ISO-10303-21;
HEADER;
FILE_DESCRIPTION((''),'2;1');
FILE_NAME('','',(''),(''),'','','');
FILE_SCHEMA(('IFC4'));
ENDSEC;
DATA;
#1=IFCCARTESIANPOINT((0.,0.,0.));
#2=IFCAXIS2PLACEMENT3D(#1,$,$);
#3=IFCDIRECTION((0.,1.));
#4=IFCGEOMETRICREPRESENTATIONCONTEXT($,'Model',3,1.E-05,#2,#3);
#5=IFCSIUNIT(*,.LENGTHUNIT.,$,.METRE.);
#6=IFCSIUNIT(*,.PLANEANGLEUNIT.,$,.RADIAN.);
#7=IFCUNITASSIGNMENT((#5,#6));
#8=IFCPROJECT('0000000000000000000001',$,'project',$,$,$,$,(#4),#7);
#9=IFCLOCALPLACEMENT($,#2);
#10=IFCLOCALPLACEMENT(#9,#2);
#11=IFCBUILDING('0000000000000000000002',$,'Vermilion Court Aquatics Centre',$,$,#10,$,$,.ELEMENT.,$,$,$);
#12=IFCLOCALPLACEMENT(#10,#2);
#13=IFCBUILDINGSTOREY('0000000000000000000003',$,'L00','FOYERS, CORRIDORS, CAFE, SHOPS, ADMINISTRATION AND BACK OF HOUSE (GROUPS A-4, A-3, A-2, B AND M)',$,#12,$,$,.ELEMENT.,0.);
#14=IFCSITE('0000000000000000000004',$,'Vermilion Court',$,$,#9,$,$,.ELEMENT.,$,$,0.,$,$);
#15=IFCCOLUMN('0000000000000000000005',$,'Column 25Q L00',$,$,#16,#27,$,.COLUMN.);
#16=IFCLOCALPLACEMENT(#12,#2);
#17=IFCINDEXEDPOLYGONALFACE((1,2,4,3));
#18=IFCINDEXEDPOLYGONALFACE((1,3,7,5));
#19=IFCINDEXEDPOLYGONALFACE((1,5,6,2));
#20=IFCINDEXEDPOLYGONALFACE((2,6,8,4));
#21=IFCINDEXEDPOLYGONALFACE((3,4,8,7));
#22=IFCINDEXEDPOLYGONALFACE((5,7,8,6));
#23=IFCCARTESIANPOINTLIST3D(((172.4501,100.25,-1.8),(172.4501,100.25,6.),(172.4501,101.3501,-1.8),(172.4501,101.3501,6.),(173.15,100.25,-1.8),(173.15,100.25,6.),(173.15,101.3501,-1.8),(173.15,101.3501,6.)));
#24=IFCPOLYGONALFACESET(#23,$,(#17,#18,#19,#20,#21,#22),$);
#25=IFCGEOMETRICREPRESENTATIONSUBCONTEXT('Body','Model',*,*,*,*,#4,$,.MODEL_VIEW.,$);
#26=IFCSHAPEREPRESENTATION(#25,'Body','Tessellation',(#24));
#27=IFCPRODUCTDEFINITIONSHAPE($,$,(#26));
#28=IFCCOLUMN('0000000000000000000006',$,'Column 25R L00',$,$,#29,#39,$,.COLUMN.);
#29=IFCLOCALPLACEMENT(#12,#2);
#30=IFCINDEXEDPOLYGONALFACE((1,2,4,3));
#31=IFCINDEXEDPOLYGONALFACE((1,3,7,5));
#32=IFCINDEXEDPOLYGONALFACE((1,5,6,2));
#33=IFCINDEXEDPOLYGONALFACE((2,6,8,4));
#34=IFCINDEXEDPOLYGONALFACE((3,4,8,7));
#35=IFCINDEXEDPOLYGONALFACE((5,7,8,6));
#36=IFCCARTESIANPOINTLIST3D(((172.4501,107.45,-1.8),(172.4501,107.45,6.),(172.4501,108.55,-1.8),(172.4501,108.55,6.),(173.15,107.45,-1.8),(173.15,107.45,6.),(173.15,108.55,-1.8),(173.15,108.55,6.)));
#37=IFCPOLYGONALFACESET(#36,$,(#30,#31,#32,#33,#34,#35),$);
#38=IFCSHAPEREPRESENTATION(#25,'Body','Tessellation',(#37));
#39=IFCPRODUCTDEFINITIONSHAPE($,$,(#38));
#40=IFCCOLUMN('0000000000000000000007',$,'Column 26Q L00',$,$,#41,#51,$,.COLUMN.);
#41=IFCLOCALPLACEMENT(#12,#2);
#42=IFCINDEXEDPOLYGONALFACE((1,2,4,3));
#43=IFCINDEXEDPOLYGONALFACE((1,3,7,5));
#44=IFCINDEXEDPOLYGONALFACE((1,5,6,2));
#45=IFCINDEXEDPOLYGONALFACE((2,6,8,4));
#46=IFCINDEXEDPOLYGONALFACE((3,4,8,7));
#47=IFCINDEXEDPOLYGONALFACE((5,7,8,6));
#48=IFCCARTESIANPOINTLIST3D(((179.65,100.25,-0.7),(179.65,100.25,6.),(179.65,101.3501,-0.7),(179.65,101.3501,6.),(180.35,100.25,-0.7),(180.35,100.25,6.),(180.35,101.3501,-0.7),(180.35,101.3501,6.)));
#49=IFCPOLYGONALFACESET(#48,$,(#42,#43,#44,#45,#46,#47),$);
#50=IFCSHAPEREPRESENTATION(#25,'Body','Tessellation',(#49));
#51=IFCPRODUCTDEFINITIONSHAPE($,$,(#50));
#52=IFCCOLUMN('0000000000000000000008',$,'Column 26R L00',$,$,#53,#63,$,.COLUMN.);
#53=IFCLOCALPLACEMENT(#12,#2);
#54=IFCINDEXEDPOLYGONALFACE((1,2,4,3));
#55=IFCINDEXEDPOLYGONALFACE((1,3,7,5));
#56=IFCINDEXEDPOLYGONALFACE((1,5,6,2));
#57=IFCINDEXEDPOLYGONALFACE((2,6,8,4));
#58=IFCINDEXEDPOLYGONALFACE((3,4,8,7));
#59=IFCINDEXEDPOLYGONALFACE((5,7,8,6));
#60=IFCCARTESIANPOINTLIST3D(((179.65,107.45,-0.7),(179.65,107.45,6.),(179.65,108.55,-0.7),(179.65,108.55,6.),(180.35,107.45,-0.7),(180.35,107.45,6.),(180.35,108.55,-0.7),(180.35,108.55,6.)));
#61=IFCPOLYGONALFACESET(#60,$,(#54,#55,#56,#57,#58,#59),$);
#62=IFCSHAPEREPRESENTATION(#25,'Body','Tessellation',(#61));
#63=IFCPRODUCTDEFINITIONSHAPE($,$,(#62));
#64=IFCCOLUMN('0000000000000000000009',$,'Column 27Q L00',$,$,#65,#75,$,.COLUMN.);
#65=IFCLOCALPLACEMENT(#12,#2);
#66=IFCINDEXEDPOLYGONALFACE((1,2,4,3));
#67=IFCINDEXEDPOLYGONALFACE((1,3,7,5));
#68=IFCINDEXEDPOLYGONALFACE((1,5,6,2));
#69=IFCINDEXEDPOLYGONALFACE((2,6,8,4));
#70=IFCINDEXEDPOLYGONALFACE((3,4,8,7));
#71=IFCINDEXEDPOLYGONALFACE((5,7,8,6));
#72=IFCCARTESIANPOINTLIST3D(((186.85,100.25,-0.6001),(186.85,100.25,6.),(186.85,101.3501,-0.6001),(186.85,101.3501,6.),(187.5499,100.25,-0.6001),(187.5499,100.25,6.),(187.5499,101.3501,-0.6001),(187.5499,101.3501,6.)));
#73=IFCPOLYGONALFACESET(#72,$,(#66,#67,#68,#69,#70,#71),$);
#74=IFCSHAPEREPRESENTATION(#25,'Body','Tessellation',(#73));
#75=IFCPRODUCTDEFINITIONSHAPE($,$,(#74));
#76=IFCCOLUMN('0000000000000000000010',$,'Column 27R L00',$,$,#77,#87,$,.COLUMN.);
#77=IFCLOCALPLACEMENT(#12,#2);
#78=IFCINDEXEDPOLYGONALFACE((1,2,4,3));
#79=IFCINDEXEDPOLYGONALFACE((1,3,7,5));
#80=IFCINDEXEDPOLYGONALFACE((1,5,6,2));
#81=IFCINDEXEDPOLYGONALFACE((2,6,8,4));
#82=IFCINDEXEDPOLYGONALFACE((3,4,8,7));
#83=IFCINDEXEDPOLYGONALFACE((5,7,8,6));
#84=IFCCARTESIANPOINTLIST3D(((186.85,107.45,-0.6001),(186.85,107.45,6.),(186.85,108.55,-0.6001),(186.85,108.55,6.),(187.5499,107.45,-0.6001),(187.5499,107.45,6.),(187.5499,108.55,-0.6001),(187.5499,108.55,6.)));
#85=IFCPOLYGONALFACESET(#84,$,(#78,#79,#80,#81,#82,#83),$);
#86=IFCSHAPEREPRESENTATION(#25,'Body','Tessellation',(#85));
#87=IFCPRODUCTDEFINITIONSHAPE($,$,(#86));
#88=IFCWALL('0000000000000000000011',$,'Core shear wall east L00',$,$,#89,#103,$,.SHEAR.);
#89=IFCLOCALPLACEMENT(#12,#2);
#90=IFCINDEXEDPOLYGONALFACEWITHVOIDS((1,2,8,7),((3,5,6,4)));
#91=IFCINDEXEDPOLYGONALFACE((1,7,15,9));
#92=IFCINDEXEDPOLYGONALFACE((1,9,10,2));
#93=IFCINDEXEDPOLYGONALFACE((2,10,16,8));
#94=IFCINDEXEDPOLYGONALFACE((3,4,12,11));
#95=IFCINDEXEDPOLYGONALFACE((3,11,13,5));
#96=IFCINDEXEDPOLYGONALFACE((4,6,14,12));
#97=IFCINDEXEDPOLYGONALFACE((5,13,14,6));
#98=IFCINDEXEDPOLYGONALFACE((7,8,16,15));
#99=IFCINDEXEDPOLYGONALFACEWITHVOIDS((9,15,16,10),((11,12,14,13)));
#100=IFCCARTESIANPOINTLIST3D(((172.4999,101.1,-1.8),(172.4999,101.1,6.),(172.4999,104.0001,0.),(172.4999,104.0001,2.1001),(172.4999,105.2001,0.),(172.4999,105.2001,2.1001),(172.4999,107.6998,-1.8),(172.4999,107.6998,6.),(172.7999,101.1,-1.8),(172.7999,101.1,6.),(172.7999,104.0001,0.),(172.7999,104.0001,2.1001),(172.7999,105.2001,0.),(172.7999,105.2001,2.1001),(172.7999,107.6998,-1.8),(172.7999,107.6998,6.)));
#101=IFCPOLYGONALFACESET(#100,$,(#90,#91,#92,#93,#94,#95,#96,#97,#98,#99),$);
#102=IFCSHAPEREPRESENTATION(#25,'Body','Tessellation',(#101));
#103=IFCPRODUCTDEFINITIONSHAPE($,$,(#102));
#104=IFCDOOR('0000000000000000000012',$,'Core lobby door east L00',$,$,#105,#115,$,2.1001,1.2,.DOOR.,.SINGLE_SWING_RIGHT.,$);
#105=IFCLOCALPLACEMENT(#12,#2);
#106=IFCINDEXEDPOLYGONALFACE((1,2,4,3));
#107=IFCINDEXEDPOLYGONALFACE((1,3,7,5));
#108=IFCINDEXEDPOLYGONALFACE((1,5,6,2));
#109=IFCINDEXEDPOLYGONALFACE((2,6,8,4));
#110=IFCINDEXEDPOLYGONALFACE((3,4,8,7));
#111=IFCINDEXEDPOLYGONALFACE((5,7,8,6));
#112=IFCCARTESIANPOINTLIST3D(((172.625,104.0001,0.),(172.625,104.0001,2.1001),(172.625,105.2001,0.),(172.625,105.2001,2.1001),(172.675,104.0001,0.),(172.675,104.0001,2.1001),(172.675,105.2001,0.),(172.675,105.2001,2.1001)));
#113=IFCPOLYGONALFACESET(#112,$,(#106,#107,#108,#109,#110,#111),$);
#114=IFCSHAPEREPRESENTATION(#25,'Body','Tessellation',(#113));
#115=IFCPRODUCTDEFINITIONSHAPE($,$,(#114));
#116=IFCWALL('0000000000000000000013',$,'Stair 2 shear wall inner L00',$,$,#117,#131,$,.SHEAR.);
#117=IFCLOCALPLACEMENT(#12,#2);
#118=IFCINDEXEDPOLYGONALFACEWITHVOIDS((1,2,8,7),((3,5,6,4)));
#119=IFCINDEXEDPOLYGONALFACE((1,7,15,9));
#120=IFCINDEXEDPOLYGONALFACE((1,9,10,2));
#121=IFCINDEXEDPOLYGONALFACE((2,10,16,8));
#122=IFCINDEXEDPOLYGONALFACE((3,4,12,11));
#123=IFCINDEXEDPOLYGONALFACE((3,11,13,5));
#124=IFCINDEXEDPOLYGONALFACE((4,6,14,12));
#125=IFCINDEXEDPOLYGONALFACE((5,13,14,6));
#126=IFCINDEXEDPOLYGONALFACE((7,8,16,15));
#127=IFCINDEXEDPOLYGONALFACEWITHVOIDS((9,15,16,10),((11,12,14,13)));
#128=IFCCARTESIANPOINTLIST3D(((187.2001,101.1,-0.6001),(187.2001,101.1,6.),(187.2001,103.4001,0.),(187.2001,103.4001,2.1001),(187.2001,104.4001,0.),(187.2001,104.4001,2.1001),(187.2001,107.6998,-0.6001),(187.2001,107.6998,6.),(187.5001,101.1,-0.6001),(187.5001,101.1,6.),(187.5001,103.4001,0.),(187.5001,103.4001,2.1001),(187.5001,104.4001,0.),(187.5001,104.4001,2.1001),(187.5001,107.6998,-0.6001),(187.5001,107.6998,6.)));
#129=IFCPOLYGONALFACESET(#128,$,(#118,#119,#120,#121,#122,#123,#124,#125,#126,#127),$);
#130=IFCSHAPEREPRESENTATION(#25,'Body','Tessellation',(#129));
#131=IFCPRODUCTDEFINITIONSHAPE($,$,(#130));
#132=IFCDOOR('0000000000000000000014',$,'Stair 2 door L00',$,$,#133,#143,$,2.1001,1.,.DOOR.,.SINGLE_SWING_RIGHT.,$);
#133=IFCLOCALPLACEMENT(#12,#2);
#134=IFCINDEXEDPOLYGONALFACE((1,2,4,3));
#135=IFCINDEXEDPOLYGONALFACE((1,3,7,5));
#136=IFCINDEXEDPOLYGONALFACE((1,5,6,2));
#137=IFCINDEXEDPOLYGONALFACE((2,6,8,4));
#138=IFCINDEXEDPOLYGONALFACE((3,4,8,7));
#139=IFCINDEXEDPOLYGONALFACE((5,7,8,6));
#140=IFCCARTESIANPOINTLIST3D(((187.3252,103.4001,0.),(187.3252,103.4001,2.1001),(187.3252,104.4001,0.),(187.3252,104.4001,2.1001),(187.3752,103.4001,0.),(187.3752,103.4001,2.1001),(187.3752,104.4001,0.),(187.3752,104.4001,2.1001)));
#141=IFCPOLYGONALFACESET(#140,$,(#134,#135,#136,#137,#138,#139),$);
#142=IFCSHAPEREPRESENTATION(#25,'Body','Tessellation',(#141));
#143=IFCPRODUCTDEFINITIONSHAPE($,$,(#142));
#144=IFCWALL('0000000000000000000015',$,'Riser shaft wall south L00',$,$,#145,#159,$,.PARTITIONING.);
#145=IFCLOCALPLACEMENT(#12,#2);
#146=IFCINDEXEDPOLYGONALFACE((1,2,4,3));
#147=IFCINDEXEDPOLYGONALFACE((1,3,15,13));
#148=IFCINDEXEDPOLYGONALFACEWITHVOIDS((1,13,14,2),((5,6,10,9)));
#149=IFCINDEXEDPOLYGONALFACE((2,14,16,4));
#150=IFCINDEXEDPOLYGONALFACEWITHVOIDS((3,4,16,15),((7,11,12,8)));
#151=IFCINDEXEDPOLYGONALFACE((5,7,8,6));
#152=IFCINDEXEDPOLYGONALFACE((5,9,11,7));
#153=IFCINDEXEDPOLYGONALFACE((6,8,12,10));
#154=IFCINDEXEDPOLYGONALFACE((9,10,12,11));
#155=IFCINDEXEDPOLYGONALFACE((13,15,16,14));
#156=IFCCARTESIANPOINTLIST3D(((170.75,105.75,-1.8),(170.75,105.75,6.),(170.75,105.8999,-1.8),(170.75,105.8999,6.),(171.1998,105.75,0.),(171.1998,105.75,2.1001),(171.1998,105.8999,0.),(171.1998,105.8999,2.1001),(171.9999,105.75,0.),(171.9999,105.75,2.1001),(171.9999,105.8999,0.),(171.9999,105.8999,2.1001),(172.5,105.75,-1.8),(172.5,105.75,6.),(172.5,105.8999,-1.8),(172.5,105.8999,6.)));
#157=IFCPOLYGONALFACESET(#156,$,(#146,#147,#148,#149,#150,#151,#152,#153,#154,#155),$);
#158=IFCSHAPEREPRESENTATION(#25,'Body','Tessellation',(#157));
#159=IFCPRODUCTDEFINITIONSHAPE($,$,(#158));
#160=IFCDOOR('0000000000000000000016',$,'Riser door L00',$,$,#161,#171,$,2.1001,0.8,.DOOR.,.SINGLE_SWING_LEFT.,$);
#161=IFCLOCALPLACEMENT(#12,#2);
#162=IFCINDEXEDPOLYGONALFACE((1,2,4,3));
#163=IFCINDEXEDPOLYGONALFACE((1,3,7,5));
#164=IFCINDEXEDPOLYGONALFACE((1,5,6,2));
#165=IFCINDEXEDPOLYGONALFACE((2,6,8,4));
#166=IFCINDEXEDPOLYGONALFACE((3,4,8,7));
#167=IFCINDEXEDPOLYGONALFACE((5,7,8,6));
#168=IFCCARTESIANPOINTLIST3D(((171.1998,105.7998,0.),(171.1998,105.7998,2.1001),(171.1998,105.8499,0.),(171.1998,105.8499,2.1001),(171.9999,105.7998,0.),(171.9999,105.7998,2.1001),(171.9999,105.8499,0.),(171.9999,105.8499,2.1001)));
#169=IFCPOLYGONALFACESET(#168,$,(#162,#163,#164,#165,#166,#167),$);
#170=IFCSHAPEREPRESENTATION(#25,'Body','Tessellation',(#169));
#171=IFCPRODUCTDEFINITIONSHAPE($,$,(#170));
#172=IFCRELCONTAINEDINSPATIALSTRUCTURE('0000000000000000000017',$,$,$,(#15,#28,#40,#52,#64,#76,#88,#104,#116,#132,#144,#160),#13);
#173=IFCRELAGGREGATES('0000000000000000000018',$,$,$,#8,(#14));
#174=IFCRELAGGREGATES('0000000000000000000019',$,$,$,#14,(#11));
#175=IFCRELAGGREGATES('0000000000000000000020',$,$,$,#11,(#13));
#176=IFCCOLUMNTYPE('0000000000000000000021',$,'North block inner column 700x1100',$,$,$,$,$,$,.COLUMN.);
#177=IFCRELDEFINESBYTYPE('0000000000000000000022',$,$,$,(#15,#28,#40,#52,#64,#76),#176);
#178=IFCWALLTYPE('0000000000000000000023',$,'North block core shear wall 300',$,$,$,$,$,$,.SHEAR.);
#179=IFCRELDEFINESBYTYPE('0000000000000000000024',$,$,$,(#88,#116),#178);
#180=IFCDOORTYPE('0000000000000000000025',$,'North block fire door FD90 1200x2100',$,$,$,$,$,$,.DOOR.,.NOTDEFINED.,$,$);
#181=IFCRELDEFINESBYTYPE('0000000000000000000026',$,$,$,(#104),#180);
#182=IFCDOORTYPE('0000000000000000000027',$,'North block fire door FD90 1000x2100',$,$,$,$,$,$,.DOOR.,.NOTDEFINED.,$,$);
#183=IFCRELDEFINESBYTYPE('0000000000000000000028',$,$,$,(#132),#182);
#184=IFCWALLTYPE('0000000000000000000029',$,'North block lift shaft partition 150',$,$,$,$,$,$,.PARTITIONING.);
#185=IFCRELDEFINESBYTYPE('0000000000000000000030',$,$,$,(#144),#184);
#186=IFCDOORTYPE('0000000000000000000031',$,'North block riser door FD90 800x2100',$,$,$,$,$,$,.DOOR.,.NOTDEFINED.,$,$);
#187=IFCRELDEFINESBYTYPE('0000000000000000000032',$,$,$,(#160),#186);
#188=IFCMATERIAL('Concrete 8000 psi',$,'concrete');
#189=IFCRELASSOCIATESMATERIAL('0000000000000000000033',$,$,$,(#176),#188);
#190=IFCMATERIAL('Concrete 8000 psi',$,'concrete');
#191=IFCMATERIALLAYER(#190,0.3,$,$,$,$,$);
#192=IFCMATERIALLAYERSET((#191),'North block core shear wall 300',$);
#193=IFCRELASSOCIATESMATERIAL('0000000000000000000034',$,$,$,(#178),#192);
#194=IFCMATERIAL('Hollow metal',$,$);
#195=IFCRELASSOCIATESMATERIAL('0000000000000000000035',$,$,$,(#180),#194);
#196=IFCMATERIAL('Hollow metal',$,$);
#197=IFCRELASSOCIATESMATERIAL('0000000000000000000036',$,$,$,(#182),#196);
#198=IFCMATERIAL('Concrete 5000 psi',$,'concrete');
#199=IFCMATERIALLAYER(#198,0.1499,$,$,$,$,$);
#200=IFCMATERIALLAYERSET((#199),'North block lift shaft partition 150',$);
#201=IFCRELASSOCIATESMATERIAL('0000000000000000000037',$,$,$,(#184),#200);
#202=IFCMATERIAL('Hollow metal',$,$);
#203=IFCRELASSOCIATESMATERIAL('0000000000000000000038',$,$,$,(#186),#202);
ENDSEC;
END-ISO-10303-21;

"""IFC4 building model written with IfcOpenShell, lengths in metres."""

from ifc_helpers import new_model, si_unit, direction, frame, frame_2d, origin, origin_2d, place, context, subcontext, project, spatial, rectangle, extrude, material, layer, layer_set, material_profile, profile_set, type_object, element, fill, save


model = new_model("IFC4")

# Units and contexts
model_context = context("Model", 3, precision=1e-05, world=origin(), true_north=direction((0.0, 1.0)))
body_context = subcontext(model_context, "Body", "Model", "MODEL_VIEW")
ifc_project = project(units=[si_unit("LENGTHUNIT", "METRE"), si_unit("PLANEANGLEUNIT", "RADIAN")], contexts=[model_context])

# Site, building, storey
site_placement = place(None, origin())
site = spatial("IfcSite", under=ifc_project, at=site_placement, Name="Vermilion Court", CompositionType="ELEMENT", RefElevation=0.0)
building_placement = place(site_placement, origin())
building = spatial("IfcBuilding", under=site, at=building_placement, Name="Vermilion Court Aquatics Centre", CompositionType="ELEMENT")
storey_placement = place(building_placement, origin())
storey = spatial("IfcBuildingStorey", under=building, at=storey_placement, Name="L00", Description="FOYERS, CORRIDORS, CAFE, SHOPS, ADMINISTRATION AND BACK OF HOUSE (GROUPS A-4, A-3, A-2, B AND M)", CompositionType="ELEMENT", Elevation=0.0)

# Columns
ifc_material_1 = material(Name="Concrete 8000 psi", Category="concrete")
ifc_material_profile = material_profile(ifc_material_1, rectangle(XDim=0.7, YDim=1.1001, at=origin_2d()), Name="RC 700x1100")
ifc_profile_set = profile_set([ifc_material_profile], Name="Concrete 8000 psi")
column_type = type_object("IfcColumnType", Name="North block inner column 700x1100", PredefinedType="COLUMN", material=ifc_profile_set)
for number, where, z_axis, x_axis, name in (
    (1, (172.8, 100.8, -1.8), (0.0, 0.0, 1.0), (1.0, 0.0, 0.0), "Column 25Q L00"),
    (2, (172.8, 108.0, -1.8), (0.0, 0.0, 1.0), (1.0, 0.0, 0.0), "Column 25R L00"),
):
    element("IfcColumn", number, at=place(storey_placement, frame(where, z_axis=z_axis, x_axis=x_axis)), inside=storey, type_object=column_type, Name=name, PredefinedType="COLUMN", context=body_context, shape_type="SweptSolid", body=[
        extrude(rectangle(XDim=0.7, YDim=1.1001, at=origin_2d()), origin(), (0.0, 0.0, 1.0), 7.8),
    ])
for number, where, z_axis, x_axis, name in (
    (3, (180.0, 100.8, -0.7), (0.0, 0.0, 1.0), (1.0, 0.0, 0.0), "Column 26Q L00"),
    (4, (180.0, 108.0, -0.7), (0.0, 0.0, 1.0), (1.0, 0.0, 0.0), "Column 26R L00"),
):
    element("IfcColumn", number, at=place(storey_placement, frame(where, z_axis=z_axis, x_axis=x_axis)), inside=storey, type_object=column_type, Name=name, PredefinedType="COLUMN", context=body_context, shape_type="SweptSolid", body=[
        extrude(rectangle(XDim=0.7, YDim=1.1001, at=origin_2d()), origin(), (0.0, 0.0, 1.0), 6.7),
    ])
for number, where, z_axis, x_axis, name in (
    (5, (187.2, 100.8, -0.6001), (0.0, 0.0, 1.0), (1.0, 0.0, 0.0), "Column 27Q L00"),
    (6, (187.2, 108.0, -0.6001), (0.0, 0.0, 1.0), (1.0, 0.0, 0.0), "Column 27R L00"),
):
    element("IfcColumn", number, at=place(storey_placement, frame(where, z_axis=z_axis, x_axis=x_axis)), inside=storey, type_object=column_type, Name=name, PredefinedType="COLUMN", context=body_context, shape_type="SweptSolid", body=[
        extrude(rectangle(XDim=0.7, YDim=1.1001, at=origin_2d()), origin(), (0.0, 0.0, 1.0), 6.6001),
    ])

# Walls, openings, doors
ifc_material_2 = material(Name="Concrete 8000 psi", Category="concrete")
ifc_layer_1 = layer(ifc_material_2, 0.3)
ifc_layer_set_1 = layer_set([ifc_layer_1], Name="North block core shear wall 300")
wall_type_1 = type_object("IfcWallType", Name="North block core shear wall 300", PredefinedType="SHEAR", material=ifc_layer_set_1)
wall_1_placement = place(storey_placement, frame((172.6499, 101.1001, -1.8), z_axis=(0.0, 0.0, 1.0), x_axis=(0.0, 1.0, 0.0)))
wall_1 = element("IfcWall", 7, at=wall_1_placement, inside=storey, type_object=wall_type_1, Name="Core shear wall east L00", PredefinedType="SHEAR", context=body_context, shape_type="SweptSolid", body=[
    extrude(rectangle(XDim=6.5999, YDim=0.3, at=frame_2d((3.2998, 0.0))), origin(), (0.0, 0.0, 1.0), 7.8),
])
opening_1_placement = place(wall_1_placement, frame((2.8999, 0.0, 1.8)))
opening_1 = element("IfcOpeningElement", 8, at=opening_1_placement, cuts=wall_1, PredefinedType="OPENING", context=body_context, shape_type="SweptSolid", body=[
    extrude(rectangle(XDim=1.2, YDim=2.1001, at=frame_2d((0.6001, 1.05))), frame((0.0, 0.1599, 0.0), z_axis=(0.0, -1.0, 0.0), x_axis=(1.0, 0.0, 0.0)), (0.0, 0.0, 1.0), 0.3201),
])
ifc_material_3 = material(Name="Hollow metal")
door_type_1 = type_object("IfcDoorType", Name="North block fire door FD90 1200x2100", OperationType="NOTDEFINED", PredefinedType="DOOR", material=ifc_material_3)
door_1_placement = place(opening_1_placement, frame((1.2, 0.0, 0.0), z_axis=(0.0, 0.0, 1.0), x_axis=(-1.0, 0.0, 0.0)))
door_1 = element("IfcDoor", 9, at=door_1_placement, inside=storey, type_object=door_type_1, Name="Core lobby door east L00", OperationType="SINGLE_SWING_RIGHT", OverallHeight=2.1001, OverallWidth=1.2, PredefinedType="DOOR", context=body_context, shape_type="SweptSolid", body=[
    extrude(rectangle(XDim=1.2, YDim=2.1001, at=frame_2d((0.5999, 1.05))), frame((0.0, 0.0251, 0.0), z_axis=(0.0, -1.0, 0.0), x_axis=(1.0, 0.0, 0.0)), (0.0, 0.0, 1.0), 0.05),
])
fill(opening_1, door_1)
wall_2_placement = place(storey_placement, frame((187.3501, 101.1001, -0.6001), z_axis=(0.0, 0.0, 1.0), x_axis=(0.0, 1.0, 0.0)))
wall_2 = element("IfcWall", 10, at=wall_2_placement, inside=storey, type_object=wall_type_1, Name="Stair 2 shear wall inner L00", PredefinedType="SHEAR", context=body_context, shape_type="SweptSolid", body=[
    extrude(rectangle(XDim=6.5999, YDim=0.3, at=frame_2d((3.2998, 0.0))), origin(), (0.0, 0.0, 1.0), 6.6001),
])
opening_2_placement = place(wall_2_placement, frame((2.3, 0.0, 0.6001)))
opening_2 = element("IfcOpeningElement", 11, at=opening_2_placement, cuts=wall_2, PredefinedType="OPENING", context=body_context, shape_type="SweptSolid", body=[
    extrude(rectangle(XDim=1.0, YDim=2.1001, at=frame_2d((0.5, 1.05))), frame((0.0, 0.1599, 0.0), z_axis=(0.0, -1.0, 0.0), x_axis=(1.0, 0.0, 0.0)), (0.0, 0.0, 1.0), 0.3201),
])
ifc_material_4 = material(Name="Hollow metal")
door_type_2 = type_object("IfcDoorType", Name="North block fire door FD90 1000x2100", OperationType="NOTDEFINED", PredefinedType="DOOR", material=ifc_material_4)
door_2_placement = place(opening_2_placement, origin())
door_2 = element("IfcDoor", 12, at=door_2_placement, inside=storey, type_object=door_type_2, Name="Stair 2 door L00", OperationType="SINGLE_SWING_RIGHT", OverallHeight=2.1001, OverallWidth=1.0, PredefinedType="DOOR", context=body_context, shape_type="SweptSolid", body=[
    extrude(rectangle(XDim=1.0, YDim=2.1001, at=frame_2d((0.5, 1.05))), frame((0.0, 0.0249, 0.0), z_axis=(0.0, -1.0, 0.0), x_axis=(1.0, 0.0, 0.0)), (0.0, 0.0, 1.0), 0.05),
])
fill(opening_2, door_2)
ifc_material_5 = material(Name="Concrete 5000 psi", Category="concrete")
ifc_layer_2 = layer(ifc_material_5, 0.1499)
ifc_layer_set_2 = layer_set([ifc_layer_2], Name="North block lift shaft partition 150")
wall_type_2 = type_object("IfcWallType", Name="North block lift shaft partition 150", PredefinedType="PARTITIONING", material=ifc_layer_set_2)
wall_3_placement = place(storey_placement, frame((170.75, 105.825, -1.8), z_axis=(0.0, 0.0, 1.0), x_axis=(1.0, 0.0, 0.0)))
wall_3 = element("IfcWall", 13, at=wall_3_placement, inside=storey, type_object=wall_type_2, Name="Riser shaft wall south L00", PredefinedType="PARTITIONING", context=body_context, shape_type="SweptSolid", body=[
    extrude(rectangle(XDim=1.75, YDim=0.1499, at=frame_2d((0.875, 0.0))), origin(), (0.0, 0.0, 1.0), 7.8),
])
opening_3_placement = place(wall_3_placement, frame((0.45, 0.0, 1.8)))
opening_3 = element("IfcOpeningElement", 14, at=opening_3_placement, cuts=wall_3, PredefinedType="OPENING", context=body_context, shape_type="SweptSolid", body=[
    extrude(rectangle(XDim=0.8, YDim=2.1001, at=frame_2d((0.3999, 1.05))), frame((0.0, 0.085, 0.0), z_axis=(0.0, -1.0, 0.0), x_axis=(1.0, 0.0, 0.0)), (0.0, 0.0, 1.0), 0.1699),
])
ifc_material_6 = material(Name="Hollow metal")
door_type_3 = type_object("IfcDoorType", Name="North block riser door FD90 800x2100", OperationType="NOTDEFINED", PredefinedType="DOOR", material=ifc_material_6)
door_3_placement = place(opening_3_placement, frame((0.8, 0.0, 0.0), z_axis=(0.0, 0.0, 1.0), x_axis=(-1.0, 0.0, 0.0)))
door_3 = element("IfcDoor", 15, at=door_3_placement, inside=storey, type_object=door_type_3, Name="Riser door L00", OperationType="SINGLE_SWING_LEFT", OverallHeight=2.1001, OverallWidth=0.8, PredefinedType="DOOR", context=body_context, shape_type="SweptSolid", body=[
    extrude(rectangle(XDim=0.8, YDim=2.1001, at=frame_2d((0.4001, 1.05))), frame((0.0, 0.0251, 0.0), z_axis=(0.0, -1.0, 0.0), x_axis=(1.0, 0.0, 0.0)), (0.0, 0.0, 1.0), 0.05),
])
fill(opening_3, door_3)

save(model, "model.ifc")
